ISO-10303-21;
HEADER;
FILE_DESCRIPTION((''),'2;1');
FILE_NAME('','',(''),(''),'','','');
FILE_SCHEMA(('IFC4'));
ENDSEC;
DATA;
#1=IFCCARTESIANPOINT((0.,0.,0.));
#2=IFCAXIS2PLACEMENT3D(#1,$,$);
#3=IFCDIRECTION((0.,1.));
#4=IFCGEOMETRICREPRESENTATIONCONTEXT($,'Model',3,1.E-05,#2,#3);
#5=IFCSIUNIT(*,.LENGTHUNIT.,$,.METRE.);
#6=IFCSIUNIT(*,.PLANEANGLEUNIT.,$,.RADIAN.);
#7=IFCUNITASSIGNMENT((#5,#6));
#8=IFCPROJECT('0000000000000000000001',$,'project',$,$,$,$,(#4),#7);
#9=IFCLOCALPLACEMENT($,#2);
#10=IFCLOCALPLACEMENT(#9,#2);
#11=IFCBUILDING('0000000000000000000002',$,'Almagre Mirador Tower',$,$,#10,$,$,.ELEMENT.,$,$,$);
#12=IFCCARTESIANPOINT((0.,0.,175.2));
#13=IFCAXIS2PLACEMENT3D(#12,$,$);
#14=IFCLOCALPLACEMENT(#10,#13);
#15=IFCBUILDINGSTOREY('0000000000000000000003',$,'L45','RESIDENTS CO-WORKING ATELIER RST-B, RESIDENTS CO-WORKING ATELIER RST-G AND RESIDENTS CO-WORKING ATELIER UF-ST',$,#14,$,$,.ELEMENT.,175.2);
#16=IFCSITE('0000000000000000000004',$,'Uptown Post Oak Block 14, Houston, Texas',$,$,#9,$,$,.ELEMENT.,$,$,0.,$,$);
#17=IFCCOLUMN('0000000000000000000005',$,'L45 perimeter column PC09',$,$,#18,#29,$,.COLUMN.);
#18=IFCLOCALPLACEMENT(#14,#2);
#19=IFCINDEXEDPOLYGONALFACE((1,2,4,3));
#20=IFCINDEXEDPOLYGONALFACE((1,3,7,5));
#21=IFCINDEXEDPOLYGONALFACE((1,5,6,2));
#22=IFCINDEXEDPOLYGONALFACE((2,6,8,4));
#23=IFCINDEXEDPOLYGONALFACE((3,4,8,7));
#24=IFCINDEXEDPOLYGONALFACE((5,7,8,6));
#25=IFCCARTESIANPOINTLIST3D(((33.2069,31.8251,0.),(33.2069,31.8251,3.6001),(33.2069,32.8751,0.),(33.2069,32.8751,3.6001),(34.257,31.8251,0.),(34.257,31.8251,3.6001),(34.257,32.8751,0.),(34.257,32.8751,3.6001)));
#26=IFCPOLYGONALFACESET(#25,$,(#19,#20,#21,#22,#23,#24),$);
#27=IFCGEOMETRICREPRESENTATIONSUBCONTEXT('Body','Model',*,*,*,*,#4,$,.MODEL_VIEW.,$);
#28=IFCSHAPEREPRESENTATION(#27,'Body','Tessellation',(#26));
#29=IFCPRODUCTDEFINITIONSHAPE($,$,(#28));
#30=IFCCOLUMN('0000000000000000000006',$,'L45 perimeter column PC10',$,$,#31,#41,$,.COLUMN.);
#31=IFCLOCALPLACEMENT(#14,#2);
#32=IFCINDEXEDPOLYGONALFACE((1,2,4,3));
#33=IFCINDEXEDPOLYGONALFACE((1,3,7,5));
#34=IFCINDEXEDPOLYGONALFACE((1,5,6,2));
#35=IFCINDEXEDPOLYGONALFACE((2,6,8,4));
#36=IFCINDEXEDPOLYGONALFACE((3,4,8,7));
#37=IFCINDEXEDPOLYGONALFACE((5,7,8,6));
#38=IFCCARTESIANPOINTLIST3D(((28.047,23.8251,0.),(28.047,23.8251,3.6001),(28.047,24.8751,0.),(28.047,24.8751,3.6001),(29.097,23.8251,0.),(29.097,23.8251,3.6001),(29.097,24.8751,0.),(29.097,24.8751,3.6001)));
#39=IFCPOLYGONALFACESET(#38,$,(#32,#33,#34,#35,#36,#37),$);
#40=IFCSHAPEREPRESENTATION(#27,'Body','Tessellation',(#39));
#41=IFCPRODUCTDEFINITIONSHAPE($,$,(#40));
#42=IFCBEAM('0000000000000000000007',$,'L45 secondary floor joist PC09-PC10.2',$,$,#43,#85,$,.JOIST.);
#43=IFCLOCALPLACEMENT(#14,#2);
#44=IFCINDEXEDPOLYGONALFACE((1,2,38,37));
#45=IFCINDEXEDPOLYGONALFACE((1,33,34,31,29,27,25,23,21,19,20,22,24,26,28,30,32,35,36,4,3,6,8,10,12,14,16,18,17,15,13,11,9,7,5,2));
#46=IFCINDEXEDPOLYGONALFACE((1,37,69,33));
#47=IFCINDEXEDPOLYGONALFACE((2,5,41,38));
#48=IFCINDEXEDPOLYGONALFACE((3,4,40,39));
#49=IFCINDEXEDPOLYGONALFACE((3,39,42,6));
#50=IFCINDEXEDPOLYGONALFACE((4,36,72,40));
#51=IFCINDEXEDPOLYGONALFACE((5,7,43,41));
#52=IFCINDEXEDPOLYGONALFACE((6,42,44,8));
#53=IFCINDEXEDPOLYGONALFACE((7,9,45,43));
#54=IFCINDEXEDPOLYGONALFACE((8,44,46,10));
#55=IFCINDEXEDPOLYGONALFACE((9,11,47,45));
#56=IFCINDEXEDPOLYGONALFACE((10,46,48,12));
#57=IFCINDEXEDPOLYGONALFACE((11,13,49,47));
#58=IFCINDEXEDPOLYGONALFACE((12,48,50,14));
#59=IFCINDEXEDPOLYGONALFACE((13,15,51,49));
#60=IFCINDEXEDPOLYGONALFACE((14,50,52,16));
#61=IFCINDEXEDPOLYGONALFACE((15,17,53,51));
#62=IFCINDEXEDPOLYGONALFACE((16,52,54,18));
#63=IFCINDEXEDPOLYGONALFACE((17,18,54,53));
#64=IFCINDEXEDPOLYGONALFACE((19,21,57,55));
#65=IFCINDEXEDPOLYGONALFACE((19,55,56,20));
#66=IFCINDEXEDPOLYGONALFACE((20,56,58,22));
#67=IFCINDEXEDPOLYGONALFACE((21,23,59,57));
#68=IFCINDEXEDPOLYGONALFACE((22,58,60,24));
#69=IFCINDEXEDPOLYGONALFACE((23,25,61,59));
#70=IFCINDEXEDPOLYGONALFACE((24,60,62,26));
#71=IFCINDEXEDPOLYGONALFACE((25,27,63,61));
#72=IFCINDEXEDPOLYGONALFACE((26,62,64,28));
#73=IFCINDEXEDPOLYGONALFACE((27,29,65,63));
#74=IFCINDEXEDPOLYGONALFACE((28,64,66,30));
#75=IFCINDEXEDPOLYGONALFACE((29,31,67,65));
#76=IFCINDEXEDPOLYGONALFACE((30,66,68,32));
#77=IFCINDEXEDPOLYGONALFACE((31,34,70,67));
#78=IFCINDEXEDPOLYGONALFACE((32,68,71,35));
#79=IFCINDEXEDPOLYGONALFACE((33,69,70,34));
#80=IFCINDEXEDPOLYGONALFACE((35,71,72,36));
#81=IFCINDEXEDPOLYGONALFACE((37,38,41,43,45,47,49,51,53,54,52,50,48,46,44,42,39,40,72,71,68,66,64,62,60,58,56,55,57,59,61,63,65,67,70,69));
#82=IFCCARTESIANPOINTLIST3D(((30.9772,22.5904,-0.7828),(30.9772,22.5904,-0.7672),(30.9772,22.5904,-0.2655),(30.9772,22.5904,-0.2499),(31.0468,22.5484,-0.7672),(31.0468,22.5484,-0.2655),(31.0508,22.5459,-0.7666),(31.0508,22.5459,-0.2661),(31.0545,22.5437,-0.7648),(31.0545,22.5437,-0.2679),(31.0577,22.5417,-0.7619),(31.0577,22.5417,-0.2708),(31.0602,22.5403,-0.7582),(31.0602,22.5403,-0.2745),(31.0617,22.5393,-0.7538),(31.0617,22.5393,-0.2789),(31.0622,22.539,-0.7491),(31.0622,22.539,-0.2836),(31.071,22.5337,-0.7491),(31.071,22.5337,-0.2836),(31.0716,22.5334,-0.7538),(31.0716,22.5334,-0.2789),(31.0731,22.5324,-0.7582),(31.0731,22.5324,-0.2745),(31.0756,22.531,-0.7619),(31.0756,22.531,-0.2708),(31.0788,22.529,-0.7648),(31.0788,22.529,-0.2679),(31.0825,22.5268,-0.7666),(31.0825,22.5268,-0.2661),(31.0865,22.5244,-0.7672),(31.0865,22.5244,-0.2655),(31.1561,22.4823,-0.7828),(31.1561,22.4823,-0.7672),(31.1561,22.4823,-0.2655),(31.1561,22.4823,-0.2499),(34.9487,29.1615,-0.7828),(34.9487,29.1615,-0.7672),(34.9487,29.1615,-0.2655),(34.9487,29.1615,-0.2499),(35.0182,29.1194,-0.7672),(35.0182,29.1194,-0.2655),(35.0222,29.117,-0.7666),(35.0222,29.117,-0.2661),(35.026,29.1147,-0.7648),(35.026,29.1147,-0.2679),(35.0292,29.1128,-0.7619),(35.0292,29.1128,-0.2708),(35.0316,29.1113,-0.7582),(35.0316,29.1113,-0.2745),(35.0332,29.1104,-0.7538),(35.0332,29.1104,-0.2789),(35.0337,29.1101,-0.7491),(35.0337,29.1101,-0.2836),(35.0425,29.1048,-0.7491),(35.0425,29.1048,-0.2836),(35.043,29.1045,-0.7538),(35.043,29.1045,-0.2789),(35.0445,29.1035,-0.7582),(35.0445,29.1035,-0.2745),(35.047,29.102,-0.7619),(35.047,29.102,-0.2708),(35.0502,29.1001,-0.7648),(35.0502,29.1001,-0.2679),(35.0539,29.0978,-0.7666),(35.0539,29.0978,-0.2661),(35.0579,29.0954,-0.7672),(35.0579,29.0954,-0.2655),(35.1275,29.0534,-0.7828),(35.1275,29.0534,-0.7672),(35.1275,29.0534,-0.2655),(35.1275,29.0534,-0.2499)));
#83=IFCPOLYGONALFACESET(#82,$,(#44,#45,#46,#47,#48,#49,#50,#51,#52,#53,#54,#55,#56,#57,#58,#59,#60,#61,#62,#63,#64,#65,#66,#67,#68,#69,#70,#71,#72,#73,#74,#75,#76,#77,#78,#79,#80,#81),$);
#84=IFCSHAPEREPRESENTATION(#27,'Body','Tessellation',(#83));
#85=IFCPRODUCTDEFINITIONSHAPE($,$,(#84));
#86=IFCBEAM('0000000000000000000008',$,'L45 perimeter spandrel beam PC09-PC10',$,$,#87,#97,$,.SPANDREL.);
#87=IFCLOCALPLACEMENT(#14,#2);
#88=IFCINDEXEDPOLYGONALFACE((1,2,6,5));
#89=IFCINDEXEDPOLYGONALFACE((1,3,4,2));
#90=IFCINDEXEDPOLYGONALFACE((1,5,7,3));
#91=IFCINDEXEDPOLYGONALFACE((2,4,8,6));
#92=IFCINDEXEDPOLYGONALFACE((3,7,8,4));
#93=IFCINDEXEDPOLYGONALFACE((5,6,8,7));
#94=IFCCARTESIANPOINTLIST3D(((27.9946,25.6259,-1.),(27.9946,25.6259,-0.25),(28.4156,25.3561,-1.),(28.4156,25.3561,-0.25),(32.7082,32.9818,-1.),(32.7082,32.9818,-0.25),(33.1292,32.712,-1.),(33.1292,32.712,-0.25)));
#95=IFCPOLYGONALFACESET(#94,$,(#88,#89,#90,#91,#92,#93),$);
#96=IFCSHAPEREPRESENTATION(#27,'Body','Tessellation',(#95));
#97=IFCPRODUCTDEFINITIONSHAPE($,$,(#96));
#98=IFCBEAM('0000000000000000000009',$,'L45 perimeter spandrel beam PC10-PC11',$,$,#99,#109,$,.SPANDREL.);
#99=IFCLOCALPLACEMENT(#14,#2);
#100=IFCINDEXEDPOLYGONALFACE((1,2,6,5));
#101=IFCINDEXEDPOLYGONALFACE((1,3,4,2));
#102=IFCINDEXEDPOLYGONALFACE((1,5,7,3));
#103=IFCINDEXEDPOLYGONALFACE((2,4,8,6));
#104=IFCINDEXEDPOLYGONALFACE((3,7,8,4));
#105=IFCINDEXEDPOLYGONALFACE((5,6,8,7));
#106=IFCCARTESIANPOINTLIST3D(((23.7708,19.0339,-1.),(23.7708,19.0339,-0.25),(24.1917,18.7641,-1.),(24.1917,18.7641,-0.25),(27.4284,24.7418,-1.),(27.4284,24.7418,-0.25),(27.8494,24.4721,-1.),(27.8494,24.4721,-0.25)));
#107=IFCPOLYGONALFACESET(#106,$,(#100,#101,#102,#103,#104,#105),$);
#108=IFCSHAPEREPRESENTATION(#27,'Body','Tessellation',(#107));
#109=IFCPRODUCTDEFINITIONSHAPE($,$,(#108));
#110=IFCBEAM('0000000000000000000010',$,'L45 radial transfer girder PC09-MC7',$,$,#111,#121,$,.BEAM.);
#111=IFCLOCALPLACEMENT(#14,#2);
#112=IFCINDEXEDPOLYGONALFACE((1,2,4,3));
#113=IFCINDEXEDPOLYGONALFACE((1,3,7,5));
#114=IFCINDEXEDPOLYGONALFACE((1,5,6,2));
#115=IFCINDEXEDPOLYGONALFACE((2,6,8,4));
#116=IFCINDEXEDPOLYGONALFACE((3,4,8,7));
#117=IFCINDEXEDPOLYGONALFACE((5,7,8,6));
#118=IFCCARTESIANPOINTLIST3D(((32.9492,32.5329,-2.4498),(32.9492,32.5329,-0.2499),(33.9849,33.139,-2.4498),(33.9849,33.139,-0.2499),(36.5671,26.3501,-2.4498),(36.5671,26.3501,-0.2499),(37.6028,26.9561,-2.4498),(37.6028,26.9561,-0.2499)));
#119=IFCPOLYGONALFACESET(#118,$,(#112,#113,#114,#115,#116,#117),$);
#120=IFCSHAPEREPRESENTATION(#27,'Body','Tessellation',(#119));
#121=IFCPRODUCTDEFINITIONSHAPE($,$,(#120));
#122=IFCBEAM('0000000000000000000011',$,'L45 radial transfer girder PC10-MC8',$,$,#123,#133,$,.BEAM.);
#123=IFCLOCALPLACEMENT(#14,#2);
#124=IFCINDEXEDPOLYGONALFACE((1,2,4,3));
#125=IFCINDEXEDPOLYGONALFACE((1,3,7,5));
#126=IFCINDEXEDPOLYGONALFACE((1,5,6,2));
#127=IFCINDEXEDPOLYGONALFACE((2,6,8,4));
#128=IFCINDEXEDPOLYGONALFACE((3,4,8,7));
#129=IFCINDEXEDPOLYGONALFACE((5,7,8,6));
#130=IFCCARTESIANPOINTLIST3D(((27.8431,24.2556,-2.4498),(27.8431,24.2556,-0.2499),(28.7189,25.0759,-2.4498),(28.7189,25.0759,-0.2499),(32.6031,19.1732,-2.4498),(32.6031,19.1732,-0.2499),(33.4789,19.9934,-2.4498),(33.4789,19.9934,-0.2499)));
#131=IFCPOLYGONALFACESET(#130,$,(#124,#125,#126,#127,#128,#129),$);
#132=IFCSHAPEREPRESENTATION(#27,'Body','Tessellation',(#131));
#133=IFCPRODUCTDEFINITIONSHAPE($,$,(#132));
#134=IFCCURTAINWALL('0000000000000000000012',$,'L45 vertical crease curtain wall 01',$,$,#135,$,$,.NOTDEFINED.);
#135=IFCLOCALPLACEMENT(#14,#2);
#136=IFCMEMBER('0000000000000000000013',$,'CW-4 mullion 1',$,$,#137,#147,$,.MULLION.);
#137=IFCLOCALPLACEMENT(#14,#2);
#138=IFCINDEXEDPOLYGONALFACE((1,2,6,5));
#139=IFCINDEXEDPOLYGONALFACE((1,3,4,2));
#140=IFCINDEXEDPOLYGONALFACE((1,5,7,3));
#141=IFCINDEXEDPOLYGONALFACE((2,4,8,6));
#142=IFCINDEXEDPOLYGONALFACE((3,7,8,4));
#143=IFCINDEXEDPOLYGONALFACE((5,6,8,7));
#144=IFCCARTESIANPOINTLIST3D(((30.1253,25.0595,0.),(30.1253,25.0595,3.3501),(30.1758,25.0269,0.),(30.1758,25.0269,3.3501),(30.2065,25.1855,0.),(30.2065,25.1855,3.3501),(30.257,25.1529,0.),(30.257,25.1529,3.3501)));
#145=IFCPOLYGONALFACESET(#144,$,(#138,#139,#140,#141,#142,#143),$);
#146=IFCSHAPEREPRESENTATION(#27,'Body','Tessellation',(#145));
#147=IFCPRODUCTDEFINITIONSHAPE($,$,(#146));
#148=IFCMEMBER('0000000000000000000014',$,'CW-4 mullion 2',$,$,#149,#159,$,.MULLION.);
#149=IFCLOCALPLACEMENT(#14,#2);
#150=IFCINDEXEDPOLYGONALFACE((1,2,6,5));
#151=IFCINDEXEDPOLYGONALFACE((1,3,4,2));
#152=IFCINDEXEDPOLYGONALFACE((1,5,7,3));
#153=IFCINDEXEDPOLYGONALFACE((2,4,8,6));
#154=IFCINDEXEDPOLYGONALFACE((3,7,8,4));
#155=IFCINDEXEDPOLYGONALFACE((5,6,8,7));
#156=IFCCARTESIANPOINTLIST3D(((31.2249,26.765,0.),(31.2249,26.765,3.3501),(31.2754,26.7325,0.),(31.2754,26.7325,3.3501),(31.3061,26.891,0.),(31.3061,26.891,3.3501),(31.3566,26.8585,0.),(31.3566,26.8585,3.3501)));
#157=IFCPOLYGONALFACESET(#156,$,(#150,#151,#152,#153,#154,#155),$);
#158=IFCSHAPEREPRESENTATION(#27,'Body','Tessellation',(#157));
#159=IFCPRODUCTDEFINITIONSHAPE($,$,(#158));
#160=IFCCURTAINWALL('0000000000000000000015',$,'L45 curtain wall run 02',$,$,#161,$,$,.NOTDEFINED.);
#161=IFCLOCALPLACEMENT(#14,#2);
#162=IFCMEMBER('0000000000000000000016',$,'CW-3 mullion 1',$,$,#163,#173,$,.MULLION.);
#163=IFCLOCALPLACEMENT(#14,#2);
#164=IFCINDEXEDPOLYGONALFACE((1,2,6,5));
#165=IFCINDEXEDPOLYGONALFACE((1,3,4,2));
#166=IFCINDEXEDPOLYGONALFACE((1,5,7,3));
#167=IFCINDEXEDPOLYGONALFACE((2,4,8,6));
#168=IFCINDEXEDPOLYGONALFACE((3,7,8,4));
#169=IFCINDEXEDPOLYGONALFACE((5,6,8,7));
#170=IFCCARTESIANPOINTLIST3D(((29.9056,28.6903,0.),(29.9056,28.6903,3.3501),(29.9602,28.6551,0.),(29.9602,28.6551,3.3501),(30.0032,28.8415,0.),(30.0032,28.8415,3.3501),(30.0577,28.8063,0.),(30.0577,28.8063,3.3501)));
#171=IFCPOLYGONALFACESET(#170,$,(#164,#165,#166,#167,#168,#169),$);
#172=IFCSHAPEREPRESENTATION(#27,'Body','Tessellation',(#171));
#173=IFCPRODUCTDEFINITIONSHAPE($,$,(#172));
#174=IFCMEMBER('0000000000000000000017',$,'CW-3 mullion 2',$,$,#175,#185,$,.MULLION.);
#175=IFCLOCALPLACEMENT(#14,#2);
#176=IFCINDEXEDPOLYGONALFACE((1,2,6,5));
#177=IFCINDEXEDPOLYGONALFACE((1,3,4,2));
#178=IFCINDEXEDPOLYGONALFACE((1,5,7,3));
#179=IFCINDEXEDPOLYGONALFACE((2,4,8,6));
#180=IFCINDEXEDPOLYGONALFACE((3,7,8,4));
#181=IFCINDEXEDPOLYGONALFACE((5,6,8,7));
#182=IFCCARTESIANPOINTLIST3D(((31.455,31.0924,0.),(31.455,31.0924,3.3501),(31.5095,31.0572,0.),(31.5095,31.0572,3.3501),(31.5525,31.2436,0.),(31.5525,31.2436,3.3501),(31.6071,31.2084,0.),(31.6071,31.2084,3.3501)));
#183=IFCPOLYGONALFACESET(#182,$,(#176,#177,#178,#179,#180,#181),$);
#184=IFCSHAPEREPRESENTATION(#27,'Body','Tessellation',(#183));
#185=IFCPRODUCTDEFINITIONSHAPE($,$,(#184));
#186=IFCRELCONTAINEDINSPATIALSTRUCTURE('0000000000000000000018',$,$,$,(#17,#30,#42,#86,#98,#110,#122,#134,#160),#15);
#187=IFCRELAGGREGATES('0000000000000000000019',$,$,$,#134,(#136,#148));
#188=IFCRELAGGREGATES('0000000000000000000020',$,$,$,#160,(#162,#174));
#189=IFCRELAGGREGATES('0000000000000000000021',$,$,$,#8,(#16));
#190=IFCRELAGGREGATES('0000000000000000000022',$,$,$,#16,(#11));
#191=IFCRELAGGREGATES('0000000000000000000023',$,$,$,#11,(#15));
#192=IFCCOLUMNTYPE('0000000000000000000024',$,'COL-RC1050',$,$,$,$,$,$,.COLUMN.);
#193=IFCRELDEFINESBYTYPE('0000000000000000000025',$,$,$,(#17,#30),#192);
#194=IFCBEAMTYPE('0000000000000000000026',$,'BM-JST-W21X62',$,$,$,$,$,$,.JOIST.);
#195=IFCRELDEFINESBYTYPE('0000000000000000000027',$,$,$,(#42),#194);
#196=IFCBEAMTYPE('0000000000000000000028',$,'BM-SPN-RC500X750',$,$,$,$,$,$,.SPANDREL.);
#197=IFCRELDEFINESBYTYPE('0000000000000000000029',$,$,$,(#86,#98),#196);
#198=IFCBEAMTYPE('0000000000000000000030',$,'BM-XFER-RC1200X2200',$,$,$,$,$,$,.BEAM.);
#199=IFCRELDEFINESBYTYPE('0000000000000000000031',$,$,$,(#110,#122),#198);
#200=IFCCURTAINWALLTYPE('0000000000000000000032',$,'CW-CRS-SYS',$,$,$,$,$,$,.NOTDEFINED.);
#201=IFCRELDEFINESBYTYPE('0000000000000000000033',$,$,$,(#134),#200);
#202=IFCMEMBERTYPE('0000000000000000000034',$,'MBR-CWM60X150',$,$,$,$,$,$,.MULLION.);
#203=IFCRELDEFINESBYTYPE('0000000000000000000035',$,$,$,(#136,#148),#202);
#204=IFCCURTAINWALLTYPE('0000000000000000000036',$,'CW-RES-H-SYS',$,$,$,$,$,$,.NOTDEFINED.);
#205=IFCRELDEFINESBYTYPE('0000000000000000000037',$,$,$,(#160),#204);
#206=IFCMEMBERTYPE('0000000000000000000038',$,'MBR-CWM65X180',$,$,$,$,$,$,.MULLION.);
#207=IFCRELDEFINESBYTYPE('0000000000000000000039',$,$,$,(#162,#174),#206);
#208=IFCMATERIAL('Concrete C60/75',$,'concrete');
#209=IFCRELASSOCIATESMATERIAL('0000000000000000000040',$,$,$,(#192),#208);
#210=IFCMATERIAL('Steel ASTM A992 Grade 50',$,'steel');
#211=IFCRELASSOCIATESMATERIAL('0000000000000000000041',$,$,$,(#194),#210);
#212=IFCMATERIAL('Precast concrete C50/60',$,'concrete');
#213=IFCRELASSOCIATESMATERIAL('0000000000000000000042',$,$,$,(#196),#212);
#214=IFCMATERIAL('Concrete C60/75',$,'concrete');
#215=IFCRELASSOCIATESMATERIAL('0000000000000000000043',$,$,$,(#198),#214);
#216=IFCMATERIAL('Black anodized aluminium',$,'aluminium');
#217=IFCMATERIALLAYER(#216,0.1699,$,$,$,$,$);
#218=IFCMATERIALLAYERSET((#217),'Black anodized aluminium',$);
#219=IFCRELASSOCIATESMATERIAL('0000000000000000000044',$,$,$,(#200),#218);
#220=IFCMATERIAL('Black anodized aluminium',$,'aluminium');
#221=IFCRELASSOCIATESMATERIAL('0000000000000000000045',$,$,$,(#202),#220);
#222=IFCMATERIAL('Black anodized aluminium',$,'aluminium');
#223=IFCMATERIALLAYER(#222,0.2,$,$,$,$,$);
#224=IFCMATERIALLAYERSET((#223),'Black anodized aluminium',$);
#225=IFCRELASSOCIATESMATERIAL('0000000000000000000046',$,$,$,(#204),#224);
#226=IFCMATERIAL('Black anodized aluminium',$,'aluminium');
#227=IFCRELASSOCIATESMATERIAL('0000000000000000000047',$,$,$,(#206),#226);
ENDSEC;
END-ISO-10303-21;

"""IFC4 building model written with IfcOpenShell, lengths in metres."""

from ifc_helpers import new_model, si_unit, direction, frame, origin, origin_2d, place, context, subcontext, project, spatial, rectangle, i_section, extrude, material, layer, layer_set, material_profile, profile_set, type_object, element, aggregate, save


model = new_model("IFC4")

# Units and contexts
model_context = context("Model", 3, precision=1e-05, world=origin(), true_north=direction((0.0, 1.0)))
body_context = subcontext(model_context, "Body", "Model", "MODEL_VIEW")
ifc_project = project(units=[si_unit("LENGTHUNIT", "METRE"), si_unit("PLANEANGLEUNIT", "RADIAN")], contexts=[model_context])

# Site, building, storey
site_placement = place(None, origin())
site = spatial("IfcSite", under=ifc_project, at=site_placement, Name="Uptown Post Oak Block 14, Houston, Texas", CompositionType="ELEMENT", RefElevation=0.0)
building_placement = place(site_placement, origin())
building = spatial("IfcBuilding", under=site, at=building_placement, Name="Almagre Mirador Tower", CompositionType="ELEMENT")
storey_placement = place(building_placement, frame((0.0, 0.0, 175.2)))
storey = spatial("IfcBuildingStorey", under=building, at=storey_placement, Name="L45", Description="RESIDENTS CO-WORKING ATELIER RST-B, RESIDENTS CO-WORKING ATELIER RST-G AND RESIDENTS CO-WORKING ATELIER UF-ST", CompositionType="ELEMENT", Elevation=175.2)

# Columns
ifc_material_1 = material(Name="Concrete C60/75", Category="concrete")
ifc_material_profile_1 = material_profile(ifc_material_1, rectangle(XDim=1.05, YDim=1.05, at=origin_2d()), Name="RC1050X1050")
ifc_profile_set_1 = profile_set([ifc_material_profile_1], Name="Concrete C60/75")
column_type = type_object("IfcColumnType", Name="COL-RC1050", PredefinedType="COLUMN", material=ifc_profile_set_1)
for number, where, z_axis, x_axis, name in (
    (1, (33.7319, 32.3501, 0.0), (0.0, 0.0, 1.0), (1.0, 0.0, 0.0), "L45 perimeter column PC09"),
    (2, (28.572, 24.3501, 0.0), (0.0, 0.0, 1.0), (1.0, 0.0, 0.0), "L45 perimeter column PC10"),
):
    element("IfcColumn", number, at=place(storey_placement, frame(where, z_axis=z_axis, x_axis=x_axis)), inside=storey, type_object=column_type, Name=name, PredefinedType="COLUMN", context=body_context, shape_type="SweptSolid", body=[
        extrude(rectangle(XDim=1.05, YDim=1.05, at=origin_2d()), origin(), (0.0, 0.0, 1.0), 3.6001),
    ])

# Beams
ifc_material_2 = material(Name="Steel ASTM A992 Grade 50", Category="steel")
ifc_material_profile_2 = material_profile(ifc_material_2, i_section(OverallWidth=0.209, OverallDepth=0.533, WebThickness=0.0103, FlangeThickness=0.0156, FilletRadius=0.0181, at=origin_2d()), Name="W21X62")
ifc_profile_set_2 = profile_set([ifc_material_profile_2], Name="Steel ASTM A992 Grade 50")
beam_type_1 = type_object("IfcBeamType", Name="BM-JST-W21X62", PredefinedType="JOIST", material=ifc_profile_set_2)
beam_1_placement = place(storey_placement, frame((35.0381, 29.1074, -0.5164), z_axis=(-0.517252, -0.855833, 0.0), x_axis=(0.855833, -0.517252, 0.0)))
element("IfcBeam", 3, at=beam_1_placement, inside=storey, type_object=beam_type_1, Name="L45 secondary floor joist PC09-PC10.2", PredefinedType="JOIST", context=body_context, shape_type="SweptSolid", body=[
    extrude(i_section(OverallWidth=0.209, OverallDepth=0.533, WebThickness=0.0103, FlangeThickness=0.0156, FilletRadius=0.0181, at=origin_2d()), origin(), (0.0, 0.0, 1.0), 7.678),
])
ifc_material_3 = material(Name="Precast concrete C50/60", Category="concrete")
ifc_material_profile_3 = material_profile(ifc_material_3, rectangle(XDim=0.5, YDim=0.75, at=origin_2d()), Name="RC500X750")
ifc_profile_set_3 = profile_set([ifc_material_profile_3], Name="Precast concrete C50/60")
beam_type_2 = type_object("IfcBeamType", Name="BM-SPN-RC500X750", PredefinedType="SPANDREL", material=ifc_profile_set_3)
beam_2_placement = place(storey_placement, frame((32.9187, 32.8469, -0.625), z_axis=(-0.539525, -0.841969, 0.0), x_axis=(0.841969, -0.539525, 0.0)))
element("IfcBeam", 4, at=beam_2_placement, inside=storey, type_object=beam_type_2, Name="L45 perimeter spandrel beam PC09-PC10", PredefinedType="SPANDREL", context=body_context, shape_type="SweptSolid", body=[
    extrude(rectangle(XDim=0.5, YDim=0.75, at=origin_2d()), origin(), (0.0, 0.0, 1.0), 8.7366),
])
beam_3_placement = place(storey_placement, frame((27.6389, 24.6069, -0.625), z_axis=(-0.539534, -0.841964, 0.0), x_axis=(0.841964, -0.539534, 0.0)))
element("IfcBeam", 5, at=beam_3_placement, inside=storey, type_object=beam_type_2, Name="L45 perimeter spandrel beam PC10-PC11", PredefinedType="SPANDREL", context=body_context, shape_type="SweptSolid", body=[
    extrude(rectangle(XDim=0.5, YDim=0.75, at=origin_2d()), origin(), (0.0, 0.0, 1.0), 6.7793),
])
ifc_material_4 = material(Name="Concrete C60/75", Category="concrete")
ifc_material_profile_4 = material_profile(ifc_material_4, rectangle(XDim=1.2, YDim=2.2, at=origin_2d()), Name="RC1200X2200")
ifc_profile_set_4 = profile_set([ifc_material_profile_4], Name="Concrete C60/75")
beam_type_3 = type_object("IfcBeamType", Name="BM-XFER-RC1200X2200", PredefinedType="BEAM", material=ifc_profile_set_4)
beam_4_placement = place(storey_placement, frame((33.467, 32.8359, -1.3499), z_axis=(0.505042, -0.863095, 0.0), x_axis=(0.863095, 0.505042, 0.0)))
element("IfcBeam", 6, at=beam_4_placement, inside=storey, type_object=beam_type_3, Name="L45 radial transfer girder PC09-MC7", PredefinedType="BEAM", context=body_context, shape_type="SweptSolid", body=[
    extrude(rectangle(XDim=1.2, YDim=2.2, at=origin_2d()), origin(), (0.0, 0.0, 1.0), 7.1636),
])
beam_5_placement = place(storey_placement, frame((28.281, 24.6658, -1.3499), z_axis=(0.68357, -0.729885, 0.0), x_axis=(0.729885, 0.68357, 0.0)))
element("IfcBeam", 7, at=beam_5_placement, inside=storey, type_object=beam_type_3, Name="L45 radial transfer girder PC10-MC8", PredefinedType="BEAM", context=body_context, shape_type="SweptSolid", body=[
    extrude(rectangle(XDim=1.2, YDim=2.2, at=origin_2d()), origin(), (0.0, 0.0, 1.0), 6.9634),
])

# Curtain walls, members
ifc_material_5 = material(Name="Black anodized aluminium", Category="aluminium")
ifc_layer_1 = layer(ifc_material_5, 0.1699)
ifc_layer_set_1 = layer_set([ifc_layer_1], Name="Black anodized aluminium")
curtain_wall_type_1 = type_object("IfcCurtainWallType", Name="CW-CRS-SYS", PredefinedType="NOTDEFINED", material=ifc_layer_set_1)
curtain_wall_1_placement = place(storey_placement, origin())
curtain_wall_1 = element("IfcCurtainWall", 8, at=curtain_wall_1_placement, inside=storey, type_object=curtain_wall_type_1, Name="L45 vertical crease curtain wall 01", PredefinedType="NOTDEFINED")
ifc_material_6 = material(Name="Black anodized aluminium", Category="aluminium")
ifc_material_profile_5 = material_profile(ifc_material_6, rectangle(XDim=0.0601, YDim=0.1499, at=origin_2d()), Name="CWM60X150")
ifc_profile_set_5 = profile_set([ifc_material_profile_5], Name="Black anodized aluminium")
member_type_1 = type_object("IfcMemberType", Name="MBR-CWM60X150", PredefinedType="MULLION", material=ifc_profile_set_5)
member_1_placement = place(storey_placement, frame((30.1912, 25.1062, 0.0), z_axis=(0.0, 0.0, 1.0), x_axis=(-0.840494, 0.541822, 0.0)))
member_1 = element("IfcMember", 9, at=member_1_placement, type_object=member_type_1, Name="CW-4 mullion 1", PredefinedType="MULLION", context=body_context, shape_type="SweptSolid", body=[
    extrude(rectangle(XDim=0.0601, YDim=0.1499, at=origin_2d()), origin(), (0.0, 0.0, 1.0), 3.3501),
])
member_2_placement = place(storey_placement, frame((31.2908, 26.8118, 0.0), z_axis=(0.0, 0.0, 1.0), x_axis=(-0.840494, 0.541822, 0.0)))
member_2 = element("IfcMember", 10, at=member_2_placement, type_object=member_type_1, Name="CW-4 mullion 2", PredefinedType="MULLION", context=body_context, shape_type="SweptSolid", body=[
    extrude(rectangle(XDim=0.0601, YDim=0.1499, at=origin_2d()), origin(), (0.0, 0.0, 1.0), 3.3501),
])
ifc_material_7 = material(Name="Black anodized aluminium", Category="aluminium")
ifc_layer_2 = layer(ifc_material_7, 0.2)
ifc_layer_set_2 = layer_set([ifc_layer_2], Name="Black anodized aluminium")
curtain_wall_type_2 = type_object("IfcCurtainWallType", Name="CW-RES-H-SYS", PredefinedType="NOTDEFINED", material=ifc_layer_set_2)
curtain_wall_2_placement = place(storey_placement, origin())
curtain_wall_2 = element("IfcCurtainWall", 11, at=curtain_wall_2_placement, inside=storey, type_object=curtain_wall_type_2, Name="L45 curtain wall run 02", PredefinedType="NOTDEFINED")
ifc_material_8 = material(Name="Black anodized aluminium", Category="aluminium")
ifc_material_profile_6 = material_profile(ifc_material_8, rectangle(XDim=0.0649, YDim=0.1799, at=origin_2d()), Name="CWM65X180")
ifc_profile_set_6 = profile_set([ifc_material_profile_6], Name="Black anodized aluminium")
member_type_2 = type_object("IfcMemberType", Name="MBR-CWM65X180", PredefinedType="MULLION", material=ifc_profile_set_6)
member_3_placement = place(storey_placement, frame((29.9817, 28.7483, 0.0), z_axis=(0.0, 0.0, 1.0), x_axis=(-0.840363, 0.542024, 0.0)))
member_3 = element("IfcMember", 12, at=member_3_placement, type_object=member_type_2, Name="CW-3 mullion 1", PredefinedType="MULLION", context=body_context, shape_type="SweptSolid", body=[
    extrude(rectangle(XDim=0.0649, YDim=0.1799, at=origin_2d()), origin(), (0.0, 0.0, 1.0), 3.3501),
])
member_4_placement = place(storey_placement, frame((31.531, 31.1504, 0.0), z_axis=(0.0, 0.0, 1.0), x_axis=(-0.840363, 0.542024, 0.0)))
member_4 = element("IfcMember", 13, at=member_4_placement, type_object=member_type_2, Name="CW-3 mullion 2", PredefinedType="MULLION", context=body_context, shape_type="SweptSolid", body=[
    extrude(rectangle(XDim=0.0649, YDim=0.1799, at=origin_2d()), origin(), (0.0, 0.0, 1.0), 3.3501),
])

aggregate(curtain_wall_1, [member_1, member_2])
aggregate(curtain_wall_2, [member_3, member_4])

save(model, "model.ifc")
